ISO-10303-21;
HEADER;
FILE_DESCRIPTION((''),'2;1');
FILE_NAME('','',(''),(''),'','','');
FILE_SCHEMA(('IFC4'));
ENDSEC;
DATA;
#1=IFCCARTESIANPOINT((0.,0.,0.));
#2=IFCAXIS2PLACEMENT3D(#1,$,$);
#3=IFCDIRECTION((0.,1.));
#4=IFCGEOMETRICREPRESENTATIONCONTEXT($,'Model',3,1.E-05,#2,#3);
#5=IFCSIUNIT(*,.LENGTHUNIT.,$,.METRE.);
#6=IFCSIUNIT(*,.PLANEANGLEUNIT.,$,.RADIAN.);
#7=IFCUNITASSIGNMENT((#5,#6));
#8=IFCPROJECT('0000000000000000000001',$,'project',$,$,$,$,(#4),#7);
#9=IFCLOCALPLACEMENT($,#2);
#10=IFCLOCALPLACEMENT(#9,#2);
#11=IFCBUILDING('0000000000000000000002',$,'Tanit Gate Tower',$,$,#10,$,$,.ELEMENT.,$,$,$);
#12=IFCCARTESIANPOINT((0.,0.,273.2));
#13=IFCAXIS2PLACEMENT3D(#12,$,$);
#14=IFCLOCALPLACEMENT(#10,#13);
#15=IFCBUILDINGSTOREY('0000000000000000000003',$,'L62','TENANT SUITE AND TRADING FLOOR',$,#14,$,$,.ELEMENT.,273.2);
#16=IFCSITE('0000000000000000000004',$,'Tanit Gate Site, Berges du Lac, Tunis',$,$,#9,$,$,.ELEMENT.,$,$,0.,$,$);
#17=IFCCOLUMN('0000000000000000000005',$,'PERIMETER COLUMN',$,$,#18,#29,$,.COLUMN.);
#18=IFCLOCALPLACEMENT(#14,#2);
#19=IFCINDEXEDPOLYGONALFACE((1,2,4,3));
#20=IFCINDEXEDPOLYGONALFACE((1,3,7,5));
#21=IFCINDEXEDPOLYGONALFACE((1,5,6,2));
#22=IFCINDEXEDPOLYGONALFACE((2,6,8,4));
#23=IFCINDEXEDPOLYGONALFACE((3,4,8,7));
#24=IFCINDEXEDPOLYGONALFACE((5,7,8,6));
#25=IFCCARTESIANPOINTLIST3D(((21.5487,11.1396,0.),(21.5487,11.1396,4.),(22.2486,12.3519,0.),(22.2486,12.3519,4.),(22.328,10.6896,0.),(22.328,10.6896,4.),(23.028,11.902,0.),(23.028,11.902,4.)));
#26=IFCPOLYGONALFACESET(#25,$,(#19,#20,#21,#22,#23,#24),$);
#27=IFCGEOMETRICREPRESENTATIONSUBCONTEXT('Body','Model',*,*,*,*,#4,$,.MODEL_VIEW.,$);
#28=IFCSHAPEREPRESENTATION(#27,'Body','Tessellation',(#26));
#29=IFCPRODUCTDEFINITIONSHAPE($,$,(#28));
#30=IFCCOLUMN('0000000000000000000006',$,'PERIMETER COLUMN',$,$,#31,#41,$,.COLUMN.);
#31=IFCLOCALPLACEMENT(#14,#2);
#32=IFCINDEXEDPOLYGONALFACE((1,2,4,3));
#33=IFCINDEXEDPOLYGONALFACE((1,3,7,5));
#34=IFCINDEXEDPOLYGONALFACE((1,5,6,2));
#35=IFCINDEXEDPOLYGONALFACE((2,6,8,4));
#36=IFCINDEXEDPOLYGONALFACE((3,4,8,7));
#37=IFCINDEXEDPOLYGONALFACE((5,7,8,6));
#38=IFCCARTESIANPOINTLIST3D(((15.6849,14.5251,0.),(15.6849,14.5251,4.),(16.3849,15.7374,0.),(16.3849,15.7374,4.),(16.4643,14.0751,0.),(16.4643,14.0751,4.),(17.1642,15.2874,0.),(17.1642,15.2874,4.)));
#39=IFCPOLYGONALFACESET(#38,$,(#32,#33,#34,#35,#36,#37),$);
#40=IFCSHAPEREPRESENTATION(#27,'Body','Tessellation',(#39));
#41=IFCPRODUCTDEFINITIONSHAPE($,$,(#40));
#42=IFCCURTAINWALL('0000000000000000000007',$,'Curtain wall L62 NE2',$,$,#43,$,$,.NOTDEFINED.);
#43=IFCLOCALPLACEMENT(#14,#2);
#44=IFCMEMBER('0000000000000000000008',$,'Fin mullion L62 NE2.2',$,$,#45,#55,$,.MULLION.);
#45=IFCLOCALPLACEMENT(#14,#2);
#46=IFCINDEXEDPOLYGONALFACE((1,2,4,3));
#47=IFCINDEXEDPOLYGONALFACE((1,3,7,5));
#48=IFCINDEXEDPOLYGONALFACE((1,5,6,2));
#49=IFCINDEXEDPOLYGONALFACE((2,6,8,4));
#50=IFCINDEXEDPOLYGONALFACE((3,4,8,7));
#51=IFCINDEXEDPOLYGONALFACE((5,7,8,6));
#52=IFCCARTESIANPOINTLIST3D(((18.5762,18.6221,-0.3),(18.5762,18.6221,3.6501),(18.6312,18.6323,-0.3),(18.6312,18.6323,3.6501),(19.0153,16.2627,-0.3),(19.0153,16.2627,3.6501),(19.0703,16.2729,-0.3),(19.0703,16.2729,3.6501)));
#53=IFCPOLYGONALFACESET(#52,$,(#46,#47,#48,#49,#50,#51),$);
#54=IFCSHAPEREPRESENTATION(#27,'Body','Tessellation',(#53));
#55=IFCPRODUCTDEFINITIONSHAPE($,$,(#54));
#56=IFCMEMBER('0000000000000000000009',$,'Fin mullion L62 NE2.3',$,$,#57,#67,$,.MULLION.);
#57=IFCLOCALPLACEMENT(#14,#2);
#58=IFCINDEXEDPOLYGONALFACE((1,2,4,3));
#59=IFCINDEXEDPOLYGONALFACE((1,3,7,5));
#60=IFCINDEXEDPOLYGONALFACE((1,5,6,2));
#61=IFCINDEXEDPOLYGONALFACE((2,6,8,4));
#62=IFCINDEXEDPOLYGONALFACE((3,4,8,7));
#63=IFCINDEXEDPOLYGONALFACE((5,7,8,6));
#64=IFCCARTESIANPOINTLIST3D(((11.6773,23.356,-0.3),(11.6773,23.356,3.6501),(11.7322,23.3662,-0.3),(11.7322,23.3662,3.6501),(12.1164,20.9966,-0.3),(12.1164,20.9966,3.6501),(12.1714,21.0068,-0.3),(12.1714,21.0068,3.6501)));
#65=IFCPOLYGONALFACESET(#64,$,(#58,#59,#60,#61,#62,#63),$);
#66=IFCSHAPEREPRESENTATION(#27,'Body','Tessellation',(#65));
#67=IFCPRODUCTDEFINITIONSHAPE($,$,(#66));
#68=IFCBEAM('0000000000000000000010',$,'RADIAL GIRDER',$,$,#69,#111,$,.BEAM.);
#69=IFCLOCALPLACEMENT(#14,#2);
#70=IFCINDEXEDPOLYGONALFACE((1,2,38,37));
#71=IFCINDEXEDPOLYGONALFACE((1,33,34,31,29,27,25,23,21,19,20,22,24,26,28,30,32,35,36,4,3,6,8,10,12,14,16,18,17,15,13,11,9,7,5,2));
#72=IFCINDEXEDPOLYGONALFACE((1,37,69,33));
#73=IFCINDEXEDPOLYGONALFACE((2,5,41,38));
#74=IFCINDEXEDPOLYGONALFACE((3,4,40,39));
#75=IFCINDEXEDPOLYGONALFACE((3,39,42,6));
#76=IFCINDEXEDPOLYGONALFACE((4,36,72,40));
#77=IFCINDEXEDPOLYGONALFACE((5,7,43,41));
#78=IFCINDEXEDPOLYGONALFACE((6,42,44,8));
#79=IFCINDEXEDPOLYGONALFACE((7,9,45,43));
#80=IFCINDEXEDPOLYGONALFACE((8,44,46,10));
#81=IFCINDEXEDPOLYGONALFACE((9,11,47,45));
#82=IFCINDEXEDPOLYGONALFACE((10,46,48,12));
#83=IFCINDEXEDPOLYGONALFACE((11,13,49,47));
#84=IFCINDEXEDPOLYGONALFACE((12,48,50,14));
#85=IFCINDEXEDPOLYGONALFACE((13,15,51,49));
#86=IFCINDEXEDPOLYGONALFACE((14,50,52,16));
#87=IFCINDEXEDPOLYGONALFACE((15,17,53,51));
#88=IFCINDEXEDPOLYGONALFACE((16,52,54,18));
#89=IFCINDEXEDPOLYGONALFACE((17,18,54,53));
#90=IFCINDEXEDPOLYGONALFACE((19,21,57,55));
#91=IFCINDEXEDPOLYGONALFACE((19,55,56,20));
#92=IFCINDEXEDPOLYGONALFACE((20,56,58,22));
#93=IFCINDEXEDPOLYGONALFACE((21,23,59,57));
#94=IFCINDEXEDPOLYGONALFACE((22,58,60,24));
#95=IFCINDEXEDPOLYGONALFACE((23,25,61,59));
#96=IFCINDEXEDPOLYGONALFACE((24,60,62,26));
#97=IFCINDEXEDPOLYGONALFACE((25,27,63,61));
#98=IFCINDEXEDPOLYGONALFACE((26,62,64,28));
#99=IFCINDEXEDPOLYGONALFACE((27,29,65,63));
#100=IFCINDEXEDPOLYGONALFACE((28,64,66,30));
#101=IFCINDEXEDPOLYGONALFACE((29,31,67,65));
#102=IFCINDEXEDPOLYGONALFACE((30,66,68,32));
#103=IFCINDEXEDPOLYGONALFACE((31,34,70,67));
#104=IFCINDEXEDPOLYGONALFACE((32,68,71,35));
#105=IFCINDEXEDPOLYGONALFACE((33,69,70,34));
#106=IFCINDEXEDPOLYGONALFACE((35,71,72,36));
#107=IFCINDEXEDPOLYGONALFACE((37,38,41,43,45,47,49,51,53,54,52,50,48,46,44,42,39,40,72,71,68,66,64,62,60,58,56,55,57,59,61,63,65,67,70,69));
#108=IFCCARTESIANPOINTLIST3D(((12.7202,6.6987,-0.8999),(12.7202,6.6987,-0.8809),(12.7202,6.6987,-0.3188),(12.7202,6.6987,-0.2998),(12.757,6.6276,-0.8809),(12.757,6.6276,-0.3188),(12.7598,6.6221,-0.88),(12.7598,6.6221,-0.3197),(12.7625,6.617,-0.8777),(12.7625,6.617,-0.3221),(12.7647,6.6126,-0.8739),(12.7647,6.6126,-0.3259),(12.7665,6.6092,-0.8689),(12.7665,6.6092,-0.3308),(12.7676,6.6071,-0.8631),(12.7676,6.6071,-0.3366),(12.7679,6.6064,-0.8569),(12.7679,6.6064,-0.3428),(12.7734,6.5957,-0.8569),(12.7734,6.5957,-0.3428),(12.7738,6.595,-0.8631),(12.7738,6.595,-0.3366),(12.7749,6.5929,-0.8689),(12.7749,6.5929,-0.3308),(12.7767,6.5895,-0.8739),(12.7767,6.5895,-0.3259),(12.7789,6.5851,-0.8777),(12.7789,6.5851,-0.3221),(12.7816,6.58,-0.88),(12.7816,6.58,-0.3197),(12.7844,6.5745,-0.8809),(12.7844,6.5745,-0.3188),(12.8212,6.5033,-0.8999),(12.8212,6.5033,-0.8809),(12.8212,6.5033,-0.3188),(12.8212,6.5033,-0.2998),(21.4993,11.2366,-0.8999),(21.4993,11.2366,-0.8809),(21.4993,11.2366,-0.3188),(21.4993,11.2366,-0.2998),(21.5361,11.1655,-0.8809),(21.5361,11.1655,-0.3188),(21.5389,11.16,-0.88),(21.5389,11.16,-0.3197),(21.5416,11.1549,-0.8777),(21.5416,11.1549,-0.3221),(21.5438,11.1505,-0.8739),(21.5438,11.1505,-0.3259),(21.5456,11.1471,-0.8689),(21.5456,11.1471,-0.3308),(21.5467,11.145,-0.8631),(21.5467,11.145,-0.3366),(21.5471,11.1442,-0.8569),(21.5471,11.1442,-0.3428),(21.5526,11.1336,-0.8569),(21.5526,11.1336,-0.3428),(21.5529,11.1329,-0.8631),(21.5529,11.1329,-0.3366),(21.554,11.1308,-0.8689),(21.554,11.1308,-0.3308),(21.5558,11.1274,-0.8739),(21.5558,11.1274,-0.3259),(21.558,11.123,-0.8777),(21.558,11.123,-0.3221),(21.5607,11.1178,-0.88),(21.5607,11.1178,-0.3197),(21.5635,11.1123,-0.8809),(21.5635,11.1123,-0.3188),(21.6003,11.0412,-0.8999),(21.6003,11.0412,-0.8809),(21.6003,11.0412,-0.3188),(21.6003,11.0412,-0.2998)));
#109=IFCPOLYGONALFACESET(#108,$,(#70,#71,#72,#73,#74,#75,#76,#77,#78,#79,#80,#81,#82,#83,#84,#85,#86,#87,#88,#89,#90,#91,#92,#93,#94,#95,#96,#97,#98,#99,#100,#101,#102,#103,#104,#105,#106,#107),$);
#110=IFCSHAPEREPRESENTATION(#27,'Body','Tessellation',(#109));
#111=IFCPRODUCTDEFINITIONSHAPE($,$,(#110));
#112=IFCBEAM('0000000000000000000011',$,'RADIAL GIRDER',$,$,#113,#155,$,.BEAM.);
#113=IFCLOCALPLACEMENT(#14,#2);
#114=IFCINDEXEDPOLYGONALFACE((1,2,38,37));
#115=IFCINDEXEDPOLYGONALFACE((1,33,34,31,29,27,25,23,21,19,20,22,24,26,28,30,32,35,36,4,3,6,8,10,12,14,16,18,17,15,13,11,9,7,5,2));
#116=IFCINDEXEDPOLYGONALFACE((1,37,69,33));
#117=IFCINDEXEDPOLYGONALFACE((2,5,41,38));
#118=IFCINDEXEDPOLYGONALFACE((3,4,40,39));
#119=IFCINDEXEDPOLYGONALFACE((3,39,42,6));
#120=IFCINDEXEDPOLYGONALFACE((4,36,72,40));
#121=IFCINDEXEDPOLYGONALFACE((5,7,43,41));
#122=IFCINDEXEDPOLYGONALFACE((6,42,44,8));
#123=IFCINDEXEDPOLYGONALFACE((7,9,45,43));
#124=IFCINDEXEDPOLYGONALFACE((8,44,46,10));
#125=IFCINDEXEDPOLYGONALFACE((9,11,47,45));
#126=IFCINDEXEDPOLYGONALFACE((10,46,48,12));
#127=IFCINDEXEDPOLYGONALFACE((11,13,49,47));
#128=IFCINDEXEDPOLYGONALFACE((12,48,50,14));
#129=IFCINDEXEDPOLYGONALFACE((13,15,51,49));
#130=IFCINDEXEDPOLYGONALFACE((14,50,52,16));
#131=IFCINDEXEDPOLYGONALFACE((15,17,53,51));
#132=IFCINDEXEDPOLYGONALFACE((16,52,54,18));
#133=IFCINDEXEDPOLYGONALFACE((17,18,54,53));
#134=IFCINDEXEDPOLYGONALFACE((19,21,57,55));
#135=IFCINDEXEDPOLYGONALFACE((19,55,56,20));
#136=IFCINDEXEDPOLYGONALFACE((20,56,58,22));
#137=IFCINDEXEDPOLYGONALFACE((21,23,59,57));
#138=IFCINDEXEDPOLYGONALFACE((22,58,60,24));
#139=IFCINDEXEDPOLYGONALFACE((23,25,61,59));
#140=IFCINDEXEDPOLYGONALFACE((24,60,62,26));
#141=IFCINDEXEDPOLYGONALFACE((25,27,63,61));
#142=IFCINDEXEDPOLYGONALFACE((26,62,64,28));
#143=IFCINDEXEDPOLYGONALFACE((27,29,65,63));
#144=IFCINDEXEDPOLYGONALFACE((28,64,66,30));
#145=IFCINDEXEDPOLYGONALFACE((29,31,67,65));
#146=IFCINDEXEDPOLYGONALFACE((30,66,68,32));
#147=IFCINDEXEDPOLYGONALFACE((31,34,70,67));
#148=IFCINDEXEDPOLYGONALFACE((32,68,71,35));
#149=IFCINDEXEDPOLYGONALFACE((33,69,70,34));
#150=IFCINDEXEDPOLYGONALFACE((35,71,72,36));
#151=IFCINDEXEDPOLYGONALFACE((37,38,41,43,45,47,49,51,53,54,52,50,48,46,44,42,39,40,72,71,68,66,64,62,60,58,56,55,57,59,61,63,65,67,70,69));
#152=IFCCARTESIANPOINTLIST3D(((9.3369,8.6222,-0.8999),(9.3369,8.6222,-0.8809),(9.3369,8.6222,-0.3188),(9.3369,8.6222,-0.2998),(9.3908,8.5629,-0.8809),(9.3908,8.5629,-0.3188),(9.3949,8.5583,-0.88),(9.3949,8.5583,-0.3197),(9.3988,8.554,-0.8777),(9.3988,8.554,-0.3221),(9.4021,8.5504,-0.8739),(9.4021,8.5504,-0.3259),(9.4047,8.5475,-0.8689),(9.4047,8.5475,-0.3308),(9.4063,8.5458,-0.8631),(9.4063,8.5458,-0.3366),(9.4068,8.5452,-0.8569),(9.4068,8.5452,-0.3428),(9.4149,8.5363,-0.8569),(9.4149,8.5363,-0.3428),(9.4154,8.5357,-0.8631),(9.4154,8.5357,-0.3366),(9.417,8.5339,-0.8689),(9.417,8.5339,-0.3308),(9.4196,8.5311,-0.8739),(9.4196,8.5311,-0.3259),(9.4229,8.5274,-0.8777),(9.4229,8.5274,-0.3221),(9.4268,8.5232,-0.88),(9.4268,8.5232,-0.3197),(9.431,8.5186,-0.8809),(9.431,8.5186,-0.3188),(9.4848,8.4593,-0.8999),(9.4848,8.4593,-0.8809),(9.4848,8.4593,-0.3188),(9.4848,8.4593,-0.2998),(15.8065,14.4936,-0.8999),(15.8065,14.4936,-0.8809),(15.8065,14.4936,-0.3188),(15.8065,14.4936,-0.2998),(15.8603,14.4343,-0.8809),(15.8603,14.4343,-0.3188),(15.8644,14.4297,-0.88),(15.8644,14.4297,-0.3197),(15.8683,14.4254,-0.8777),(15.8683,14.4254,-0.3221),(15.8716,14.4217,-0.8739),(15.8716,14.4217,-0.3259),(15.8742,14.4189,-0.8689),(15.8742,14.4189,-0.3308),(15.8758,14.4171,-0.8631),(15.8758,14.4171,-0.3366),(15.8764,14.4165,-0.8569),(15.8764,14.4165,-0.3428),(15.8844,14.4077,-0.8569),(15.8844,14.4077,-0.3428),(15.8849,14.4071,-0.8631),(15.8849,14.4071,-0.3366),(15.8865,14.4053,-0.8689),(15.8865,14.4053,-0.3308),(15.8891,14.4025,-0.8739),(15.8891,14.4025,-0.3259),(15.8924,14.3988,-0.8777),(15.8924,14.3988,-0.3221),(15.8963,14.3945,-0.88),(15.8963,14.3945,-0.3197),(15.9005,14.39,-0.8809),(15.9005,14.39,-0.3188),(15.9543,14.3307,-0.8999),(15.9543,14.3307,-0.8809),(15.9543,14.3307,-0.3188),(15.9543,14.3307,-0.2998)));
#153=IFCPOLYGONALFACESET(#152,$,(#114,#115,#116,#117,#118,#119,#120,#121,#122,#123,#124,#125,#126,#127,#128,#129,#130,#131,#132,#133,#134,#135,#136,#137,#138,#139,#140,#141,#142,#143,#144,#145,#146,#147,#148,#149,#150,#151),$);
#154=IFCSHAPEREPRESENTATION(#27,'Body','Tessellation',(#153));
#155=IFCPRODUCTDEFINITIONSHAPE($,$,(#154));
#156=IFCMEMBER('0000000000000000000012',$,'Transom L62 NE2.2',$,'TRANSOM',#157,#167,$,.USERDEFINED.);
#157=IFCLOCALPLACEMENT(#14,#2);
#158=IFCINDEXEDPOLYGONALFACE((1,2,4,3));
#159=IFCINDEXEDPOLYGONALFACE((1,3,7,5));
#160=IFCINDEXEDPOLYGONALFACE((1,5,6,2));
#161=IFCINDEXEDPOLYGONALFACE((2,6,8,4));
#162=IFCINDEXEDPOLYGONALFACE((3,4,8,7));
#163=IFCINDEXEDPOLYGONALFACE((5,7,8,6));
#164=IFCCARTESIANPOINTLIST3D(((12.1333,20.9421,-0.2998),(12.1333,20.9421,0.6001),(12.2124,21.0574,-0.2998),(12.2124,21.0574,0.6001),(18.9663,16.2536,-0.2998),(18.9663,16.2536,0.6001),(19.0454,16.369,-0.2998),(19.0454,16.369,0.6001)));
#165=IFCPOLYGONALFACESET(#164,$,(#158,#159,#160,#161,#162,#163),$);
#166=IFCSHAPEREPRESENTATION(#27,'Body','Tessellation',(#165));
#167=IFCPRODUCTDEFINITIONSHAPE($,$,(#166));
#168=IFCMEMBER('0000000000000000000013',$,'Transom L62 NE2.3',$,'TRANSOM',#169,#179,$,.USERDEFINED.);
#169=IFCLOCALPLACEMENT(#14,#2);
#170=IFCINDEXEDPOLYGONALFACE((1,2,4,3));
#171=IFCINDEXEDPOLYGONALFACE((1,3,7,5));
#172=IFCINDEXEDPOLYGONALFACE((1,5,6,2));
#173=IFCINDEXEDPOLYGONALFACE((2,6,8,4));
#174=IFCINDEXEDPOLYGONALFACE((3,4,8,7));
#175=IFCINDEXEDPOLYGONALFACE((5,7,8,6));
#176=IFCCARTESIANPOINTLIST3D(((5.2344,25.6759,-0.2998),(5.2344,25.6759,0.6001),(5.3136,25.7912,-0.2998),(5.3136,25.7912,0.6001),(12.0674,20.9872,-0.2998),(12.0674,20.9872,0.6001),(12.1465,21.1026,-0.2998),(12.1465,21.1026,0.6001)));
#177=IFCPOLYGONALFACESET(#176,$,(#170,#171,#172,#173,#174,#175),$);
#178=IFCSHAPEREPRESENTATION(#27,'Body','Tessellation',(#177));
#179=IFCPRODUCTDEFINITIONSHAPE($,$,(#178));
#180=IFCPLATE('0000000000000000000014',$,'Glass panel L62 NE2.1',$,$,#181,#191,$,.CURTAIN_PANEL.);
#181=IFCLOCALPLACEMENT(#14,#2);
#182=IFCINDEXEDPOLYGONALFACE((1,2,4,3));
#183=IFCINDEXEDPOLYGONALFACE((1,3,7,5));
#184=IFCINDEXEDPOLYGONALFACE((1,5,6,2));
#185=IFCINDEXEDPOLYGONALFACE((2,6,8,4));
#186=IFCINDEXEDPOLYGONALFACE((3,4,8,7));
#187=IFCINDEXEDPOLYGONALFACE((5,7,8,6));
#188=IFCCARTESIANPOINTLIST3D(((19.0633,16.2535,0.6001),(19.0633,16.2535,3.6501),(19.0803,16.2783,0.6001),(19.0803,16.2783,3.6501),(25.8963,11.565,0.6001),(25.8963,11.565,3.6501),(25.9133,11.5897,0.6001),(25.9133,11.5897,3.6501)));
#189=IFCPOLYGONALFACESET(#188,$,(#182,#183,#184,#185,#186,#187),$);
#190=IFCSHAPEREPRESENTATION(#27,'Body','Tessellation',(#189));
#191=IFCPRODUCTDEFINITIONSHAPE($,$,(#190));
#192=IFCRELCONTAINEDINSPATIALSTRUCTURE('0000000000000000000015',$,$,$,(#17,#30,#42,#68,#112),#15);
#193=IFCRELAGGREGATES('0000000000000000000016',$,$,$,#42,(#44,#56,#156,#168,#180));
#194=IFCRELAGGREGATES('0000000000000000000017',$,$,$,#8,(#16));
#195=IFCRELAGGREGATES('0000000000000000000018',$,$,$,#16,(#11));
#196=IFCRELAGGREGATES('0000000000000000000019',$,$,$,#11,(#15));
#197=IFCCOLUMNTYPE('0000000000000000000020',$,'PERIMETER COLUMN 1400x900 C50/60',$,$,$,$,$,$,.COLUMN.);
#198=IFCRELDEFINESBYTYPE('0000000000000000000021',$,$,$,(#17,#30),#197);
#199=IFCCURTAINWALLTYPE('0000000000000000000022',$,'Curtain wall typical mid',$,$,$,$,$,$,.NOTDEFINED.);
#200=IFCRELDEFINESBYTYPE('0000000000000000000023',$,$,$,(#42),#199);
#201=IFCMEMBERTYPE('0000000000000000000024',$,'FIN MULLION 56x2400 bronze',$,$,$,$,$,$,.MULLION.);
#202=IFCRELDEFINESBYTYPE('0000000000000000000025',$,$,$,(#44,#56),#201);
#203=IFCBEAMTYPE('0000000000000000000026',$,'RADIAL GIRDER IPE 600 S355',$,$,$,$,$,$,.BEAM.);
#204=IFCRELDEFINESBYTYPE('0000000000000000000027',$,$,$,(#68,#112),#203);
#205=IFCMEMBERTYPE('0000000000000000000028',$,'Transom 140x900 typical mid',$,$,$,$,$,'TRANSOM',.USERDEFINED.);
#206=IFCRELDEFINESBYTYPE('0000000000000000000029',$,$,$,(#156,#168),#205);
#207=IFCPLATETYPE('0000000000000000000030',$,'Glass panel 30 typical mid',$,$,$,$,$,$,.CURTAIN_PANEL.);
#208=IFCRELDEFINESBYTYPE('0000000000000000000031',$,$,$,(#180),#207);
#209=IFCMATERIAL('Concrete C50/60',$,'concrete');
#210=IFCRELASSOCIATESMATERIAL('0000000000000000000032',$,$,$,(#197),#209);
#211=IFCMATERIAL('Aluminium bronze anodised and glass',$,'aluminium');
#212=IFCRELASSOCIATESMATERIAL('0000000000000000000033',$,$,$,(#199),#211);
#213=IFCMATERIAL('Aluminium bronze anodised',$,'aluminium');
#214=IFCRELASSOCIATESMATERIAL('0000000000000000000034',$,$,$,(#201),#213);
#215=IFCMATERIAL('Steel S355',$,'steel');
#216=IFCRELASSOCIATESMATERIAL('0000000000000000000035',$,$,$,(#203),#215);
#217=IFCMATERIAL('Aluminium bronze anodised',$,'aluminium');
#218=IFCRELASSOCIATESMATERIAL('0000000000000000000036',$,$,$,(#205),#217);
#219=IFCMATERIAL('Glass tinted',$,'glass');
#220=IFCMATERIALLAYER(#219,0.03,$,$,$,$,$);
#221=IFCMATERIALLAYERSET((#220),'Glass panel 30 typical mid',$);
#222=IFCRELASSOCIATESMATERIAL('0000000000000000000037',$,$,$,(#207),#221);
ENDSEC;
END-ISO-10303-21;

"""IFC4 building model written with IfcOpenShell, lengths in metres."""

from ifc_helpers import new_model, si_unit, direction, frame, origin, origin_2d, place, context, subcontext, project, spatial, rectangle, i_section, extrude, material, layer, layer_set, material_profile, profile_set, type_object, element, aggregate, save


model = new_model("IFC4")

# Units and contexts
model_context = context("Model", 3, precision=1e-05, world=origin(), true_north=direction((0.0, 1.0)))
body_context = subcontext(model_context, "Body", "Model", "MODEL_VIEW")
ifc_project = project(units=[si_unit("LENGTHUNIT", "METRE"), si_unit("PLANEANGLEUNIT", "RADIAN")], contexts=[model_context])

# Site, building, storey
site_placement = place(None, origin())
site = spatial("IfcSite", under=ifc_project, at=site_placement, Name="Tanit Gate Site, Berges du Lac, Tunis", CompositionType="ELEMENT", RefElevation=0.0)
building_placement = place(site_placement, origin())
building = spatial("IfcBuilding", under=site, at=building_placement, Name="Tanit Gate Tower", CompositionType="ELEMENT")
storey_placement = place(building_placement, frame((0.0, 0.0, 273.2)))
storey = spatial("IfcBuildingStorey", under=building, at=storey_placement, Name="L62", Description="TENANT SUITE AND TRADING FLOOR", CompositionType="ELEMENT", Elevation=273.2)

# Columns
ifc_material_1 = material(Name="Concrete C50/60", Category="concrete")
ifc_material_profile_1 = material_profile(ifc_material_1, rectangle(XDim=1.3999, YDim=0.8999, at=origin_2d()), Name="RC 1400x900")
ifc_profile_set_1 = profile_set([ifc_material_profile_1], Name="Concrete C50/60")
column_type = type_object("IfcColumnType", Name="PERIMETER COLUMN 1400x900 C50/60", PredefinedType="COLUMN", material=ifc_profile_set_1)
for number, where, z_axis, x_axis, name in (
    (1, (22.2883, 11.5208, 0.0), (0.0, 0.0, 1.0), (0.5, 0.866025, 0.0), "PERIMETER COLUMN"),
    (2, (16.4246, 14.9062, 0.0), (0.0, 0.0, 1.0), (0.5, 0.866025, 0.0), "PERIMETER COLUMN"),
):
    element("IfcColumn", number, at=place(storey_placement, frame(where, z_axis=z_axis, x_axis=x_axis)), inside=storey, type_object=column_type, Name=name, PredefinedType="COLUMN", context=body_context, shape_type="SweptSolid", body=[
        extrude(rectangle(XDim=1.3999, YDim=0.8999, at=origin_2d()), origin(), (0.0, 0.0, 1.0), 4.0),
    ])

# Curtain wall, members
ifc_material_2 = material(Name="Aluminium bronze anodised and glass", Category="aluminium")
curtain_wall_type = type_object("IfcCurtainWallType", Name="Curtain wall typical mid", PredefinedType="NOTDEFINED", material=ifc_material_2)
curtain_wall_placement = place(storey_placement, origin())
curtain_wall = element("IfcCurtainWall", 3, at=curtain_wall_placement, inside=storey, type_object=curtain_wall_type, Name="Curtain wall L62 NE2", PredefinedType="NOTDEFINED")
ifc_material_3 = material(Name="Aluminium bronze anodised", Category="aluminium")
ifc_material_profile_2 = material_profile(ifc_material_3, rectangle(XDim=2.3999, YDim=0.0559, at=origin_2d()), Name="56x2400 bronze fin mullion")
ifc_profile_set_2 = profile_set([ifc_material_profile_2], Name="Aluminium bronze anodised")
member_type_1 = type_object("IfcMemberType", Name="FIN MULLION 56x2400 bronze", PredefinedType="MULLION", material=ifc_profile_set_2)
member_1_placement = place(storey_placement, frame((18.8232, 17.4475, -0.3), z_axis=(0.0, 0.0, 1.0), x_axis=(0.182983, -0.983116, 0.0)))
member_1 = element("IfcMember", 4, at=member_1_placement, type_object=member_type_1, Name="Fin mullion L62 NE2.2", PredefinedType="MULLION", context=body_context, shape_type="SweptSolid", body=[
    extrude(rectangle(XDim=2.3999, YDim=0.0559, at=origin_2d()), origin(), (0.0, 0.0, 1.0), 3.9502),
])
member_2_placement = place(storey_placement, frame((11.9243, 22.1814, -0.3), z_axis=(0.0, 0.0, 1.0), x_axis=(0.182983, -0.983116, 0.0)))
member_2 = element("IfcMember", 5, at=member_2_placement, type_object=member_type_1, Name="Fin mullion L62 NE2.3", PredefinedType="MULLION", context=body_context, shape_type="SweptSolid", body=[
    extrude(rectangle(XDim=2.3999, YDim=0.0559, at=origin_2d()), origin(), (0.0, 0.0, 1.0), 3.9502),
])

# Beams
ifc_material_4 = material(Name="Steel S355", Category="steel")
ifc_material_profile_3 = material_profile(ifc_material_4, i_section(OverallWidth=0.22, OverallDepth=0.6001, WebThickness=0.012, FlangeThickness=0.019, FilletRadius=0.0239, at=origin_2d()), Name="IPE 600")
ifc_profile_set_3 = profile_set([ifc_material_profile_3], Name="Steel S355")
beam_type = type_object("IfcBeamType", Name="RADIAL GIRDER IPE 600 S355", PredefinedType="BEAM", material=ifc_profile_set_3)
beam_1_placement = place(storey_placement, frame((21.5498, 11.1389, -0.5999), z_axis=(-0.888343, -0.45918, 0.0), x_axis=(0.45918, -0.888343, 0.0)))
element("IfcBeam", 6, at=beam_1_placement, inside=storey, type_object=beam_type, Name="RADIAL GIRDER", PredefinedType="BEAM", context=body_context, shape_type="SweptSolid", body=[
    extrude(i_section(OverallWidth=0.22, OverallDepth=0.6001, WebThickness=0.012, FlangeThickness=0.019, FilletRadius=0.0239, at=origin_2d()), origin(), (0.0, 0.0, 1.0), 9.8826),
])
beam_2_placement = place(storey_placement, frame((15.8804, 14.4121, -0.5999), z_axis=(-0.74051, -0.672045, 0.0), x_axis=(0.672045, -0.74051, 0.0)))
element("IfcBeam", 7, at=beam_2_placement, inside=storey, type_object=beam_type, Name="RADIAL GIRDER", PredefinedType="BEAM", context=body_context, shape_type="SweptSolid", body=[
    extrude(i_section(OverallWidth=0.22, OverallDepth=0.6001, WebThickness=0.012, FlangeThickness=0.019, FilletRadius=0.0239, at=origin_2d()), origin(), (0.0, 0.0, 1.0), 8.7366),
])

# Members
ifc_material_5 = material(Name="Aluminium bronze anodised", Category="aluminium")
ifc_material_profile_4 = material_profile(ifc_material_5, rectangle(XDim=0.1399, YDim=0.8999, at=origin_2d()), Name="140x900 bronze transom")
ifc_profile_set_4 = profile_set([ifc_material_profile_4], Name="Aluminium bronze anodised")
member_type_2 = type_object("IfcMemberType", Name="Transom 140x900 typical mid", ElementType="TRANSOM", PredefinedType="USERDEFINED", material=ifc_profile_set_4)
member_3_placement = place(storey_placement, frame((19.0059, 16.3113, 0.1501), z_axis=(-0.824561, 0.565773, 0.0), x_axis=(-0.565773, -0.824561, 0.0)))
member_3 = element("IfcMember", 8, at=member_3_placement, type_object=member_type_2, Name="Transom L62 NE2.2", ObjectType="TRANSOM", PredefinedType="USERDEFINED", context=body_context, shape_type="SweptSolid", body=[
    extrude(rectangle(XDim=0.1399, YDim=0.8999, at=origin_2d()), origin(), (0.0, 0.0, 1.0), 8.2869),
])
member_4_placement = place(storey_placement, frame((12.1069, 21.0449, 0.1501), z_axis=(-0.824547, 0.565793, 0.0), x_axis=(-0.565793, -0.824547, 0.0)))
member_4 = element("IfcMember", 9, at=member_4_placement, type_object=member_type_2, Name="Transom L62 NE2.3", ObjectType="TRANSOM", PredefinedType="USERDEFINED", context=body_context, shape_type="SweptSolid", body=[
    extrude(rectangle(XDim=0.1399, YDim=0.8999, at=origin_2d()), origin(), (0.0, 0.0, 1.0), 8.2869),
])

# Plate
ifc_material_6 = material(Name="Glass tinted", Category="glass")
ifc_layer_1 = layer(ifc_material_6, 0.03)
ifc_layer_set_1 = layer_set([ifc_layer_1], Name="Glass panel 30 typical mid")
plate_type = type_object("IfcPlateType", Name="Glass panel 30 typical mid", PredefinedType="CURTAIN_PANEL", material=ifc_layer_set_1)
plate_1_placement = place(storey_placement, frame((22.4883, 13.9216, 0.6001), z_axis=(0.0, 0.0, 1.0), x_axis=(-0.824557, 0.56578, 0.0)))
plate_1 = element("IfcPlate", 10, at=plate_1_placement, type_object=plate_type, Name="Glass panel L62 NE2.1", PredefinedType="CURTAIN_PANEL", context=body_context, shape_type="SweptSolid", body=[
    extrude(rectangle(XDim=8.2869, YDim=0.03, at=origin_2d()), origin(), (0.0, 0.0, 1.0), 3.05),
])
aggregate(curtain_wall, [member_1, member_2, member_3, member_4, plate_1])

save(model, "model.ifc")
